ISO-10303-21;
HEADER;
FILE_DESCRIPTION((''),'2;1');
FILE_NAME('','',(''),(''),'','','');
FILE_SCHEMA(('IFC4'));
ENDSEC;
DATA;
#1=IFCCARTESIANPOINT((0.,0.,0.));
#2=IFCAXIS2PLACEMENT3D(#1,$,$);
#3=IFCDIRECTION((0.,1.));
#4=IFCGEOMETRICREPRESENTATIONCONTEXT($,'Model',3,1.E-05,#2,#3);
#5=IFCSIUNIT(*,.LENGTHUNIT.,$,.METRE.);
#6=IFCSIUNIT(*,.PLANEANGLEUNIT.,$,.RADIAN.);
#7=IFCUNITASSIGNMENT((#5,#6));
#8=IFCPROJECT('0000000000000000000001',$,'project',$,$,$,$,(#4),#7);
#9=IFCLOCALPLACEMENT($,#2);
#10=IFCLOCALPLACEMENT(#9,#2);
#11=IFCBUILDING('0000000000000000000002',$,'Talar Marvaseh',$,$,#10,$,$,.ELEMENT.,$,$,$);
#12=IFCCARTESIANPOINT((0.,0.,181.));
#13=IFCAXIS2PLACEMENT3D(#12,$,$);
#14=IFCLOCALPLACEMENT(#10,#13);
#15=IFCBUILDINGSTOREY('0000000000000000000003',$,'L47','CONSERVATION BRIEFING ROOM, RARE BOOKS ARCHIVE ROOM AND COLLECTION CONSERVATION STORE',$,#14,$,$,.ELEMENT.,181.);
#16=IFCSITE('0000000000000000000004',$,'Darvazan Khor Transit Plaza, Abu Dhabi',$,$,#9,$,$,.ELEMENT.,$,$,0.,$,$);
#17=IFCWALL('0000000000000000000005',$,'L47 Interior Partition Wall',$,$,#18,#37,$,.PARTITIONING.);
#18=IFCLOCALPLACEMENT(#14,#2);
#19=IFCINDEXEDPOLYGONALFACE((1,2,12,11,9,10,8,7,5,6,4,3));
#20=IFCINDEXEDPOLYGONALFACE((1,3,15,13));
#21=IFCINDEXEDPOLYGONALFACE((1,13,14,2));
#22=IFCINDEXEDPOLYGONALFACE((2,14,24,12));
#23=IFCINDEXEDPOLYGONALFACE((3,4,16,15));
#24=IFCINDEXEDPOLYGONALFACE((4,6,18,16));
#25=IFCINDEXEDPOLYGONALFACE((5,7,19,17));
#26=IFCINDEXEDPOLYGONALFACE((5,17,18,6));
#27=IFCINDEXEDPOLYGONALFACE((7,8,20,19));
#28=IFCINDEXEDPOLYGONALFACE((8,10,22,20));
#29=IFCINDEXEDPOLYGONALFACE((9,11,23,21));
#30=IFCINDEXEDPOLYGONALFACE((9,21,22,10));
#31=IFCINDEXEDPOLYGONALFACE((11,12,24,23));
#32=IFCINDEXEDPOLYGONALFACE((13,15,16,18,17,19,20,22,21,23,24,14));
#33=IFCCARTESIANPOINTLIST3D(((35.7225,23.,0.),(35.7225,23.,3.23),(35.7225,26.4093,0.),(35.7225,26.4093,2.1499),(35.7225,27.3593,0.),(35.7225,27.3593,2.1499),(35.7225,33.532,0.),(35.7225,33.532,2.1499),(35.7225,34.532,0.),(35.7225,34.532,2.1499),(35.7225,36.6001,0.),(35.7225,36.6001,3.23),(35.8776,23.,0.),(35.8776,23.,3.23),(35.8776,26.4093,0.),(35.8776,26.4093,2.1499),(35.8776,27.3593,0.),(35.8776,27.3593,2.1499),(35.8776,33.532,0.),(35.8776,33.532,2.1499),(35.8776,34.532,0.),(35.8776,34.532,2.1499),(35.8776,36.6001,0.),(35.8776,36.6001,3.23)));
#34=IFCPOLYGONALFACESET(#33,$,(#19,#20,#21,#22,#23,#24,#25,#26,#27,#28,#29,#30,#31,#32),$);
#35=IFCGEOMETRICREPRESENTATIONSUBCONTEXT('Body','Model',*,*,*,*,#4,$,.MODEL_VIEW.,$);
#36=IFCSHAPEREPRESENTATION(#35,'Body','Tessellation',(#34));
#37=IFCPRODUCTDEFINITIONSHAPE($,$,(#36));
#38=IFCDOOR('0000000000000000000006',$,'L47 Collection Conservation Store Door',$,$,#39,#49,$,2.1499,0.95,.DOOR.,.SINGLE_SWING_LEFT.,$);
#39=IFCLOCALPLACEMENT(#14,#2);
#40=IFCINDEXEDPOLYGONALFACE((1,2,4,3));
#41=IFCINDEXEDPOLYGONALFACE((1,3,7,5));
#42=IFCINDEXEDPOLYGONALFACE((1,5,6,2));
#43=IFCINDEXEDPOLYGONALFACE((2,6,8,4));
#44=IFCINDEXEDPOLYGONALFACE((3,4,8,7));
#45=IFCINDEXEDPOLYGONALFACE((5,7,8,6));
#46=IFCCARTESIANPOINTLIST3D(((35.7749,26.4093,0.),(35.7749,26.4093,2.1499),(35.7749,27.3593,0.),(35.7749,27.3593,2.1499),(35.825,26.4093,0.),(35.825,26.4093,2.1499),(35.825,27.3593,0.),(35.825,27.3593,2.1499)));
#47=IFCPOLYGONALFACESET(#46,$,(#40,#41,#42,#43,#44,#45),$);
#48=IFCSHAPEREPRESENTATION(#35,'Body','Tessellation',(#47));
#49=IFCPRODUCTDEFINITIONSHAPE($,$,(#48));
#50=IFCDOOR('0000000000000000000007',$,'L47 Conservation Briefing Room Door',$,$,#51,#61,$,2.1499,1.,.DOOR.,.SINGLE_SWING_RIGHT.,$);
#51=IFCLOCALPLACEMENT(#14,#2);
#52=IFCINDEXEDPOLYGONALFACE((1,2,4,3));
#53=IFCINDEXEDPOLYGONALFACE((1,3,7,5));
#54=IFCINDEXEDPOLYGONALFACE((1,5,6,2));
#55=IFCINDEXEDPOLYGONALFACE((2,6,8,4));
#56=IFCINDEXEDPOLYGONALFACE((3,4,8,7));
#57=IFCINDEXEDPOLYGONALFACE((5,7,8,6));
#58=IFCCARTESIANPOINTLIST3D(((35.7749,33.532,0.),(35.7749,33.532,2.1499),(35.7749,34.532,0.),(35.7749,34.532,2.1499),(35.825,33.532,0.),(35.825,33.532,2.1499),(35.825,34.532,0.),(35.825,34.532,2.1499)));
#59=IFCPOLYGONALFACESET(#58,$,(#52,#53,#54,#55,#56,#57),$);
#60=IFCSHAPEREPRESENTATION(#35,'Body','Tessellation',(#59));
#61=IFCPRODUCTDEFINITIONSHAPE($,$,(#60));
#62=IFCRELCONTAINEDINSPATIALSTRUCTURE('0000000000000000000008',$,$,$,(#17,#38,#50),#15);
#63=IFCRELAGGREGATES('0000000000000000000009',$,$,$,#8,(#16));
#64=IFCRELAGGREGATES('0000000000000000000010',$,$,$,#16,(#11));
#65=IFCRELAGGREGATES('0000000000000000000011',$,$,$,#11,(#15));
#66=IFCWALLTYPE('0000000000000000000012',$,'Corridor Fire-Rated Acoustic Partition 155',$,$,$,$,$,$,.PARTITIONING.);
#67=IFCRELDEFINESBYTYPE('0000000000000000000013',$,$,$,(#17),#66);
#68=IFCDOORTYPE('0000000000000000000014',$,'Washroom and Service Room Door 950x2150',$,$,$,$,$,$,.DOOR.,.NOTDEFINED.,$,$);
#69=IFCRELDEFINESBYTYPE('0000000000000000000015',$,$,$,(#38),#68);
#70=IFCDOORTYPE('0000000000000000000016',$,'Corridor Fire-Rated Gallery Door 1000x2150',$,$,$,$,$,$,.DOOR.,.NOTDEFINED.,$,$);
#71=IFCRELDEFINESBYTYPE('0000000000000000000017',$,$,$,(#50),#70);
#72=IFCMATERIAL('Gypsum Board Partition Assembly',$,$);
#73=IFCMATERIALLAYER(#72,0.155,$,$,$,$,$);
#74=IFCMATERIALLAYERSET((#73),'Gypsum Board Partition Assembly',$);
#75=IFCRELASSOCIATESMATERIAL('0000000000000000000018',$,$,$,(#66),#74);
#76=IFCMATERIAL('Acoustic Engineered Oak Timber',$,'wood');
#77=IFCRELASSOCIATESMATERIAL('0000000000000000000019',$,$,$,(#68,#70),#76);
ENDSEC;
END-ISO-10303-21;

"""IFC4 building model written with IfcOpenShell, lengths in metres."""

from ifc_helpers import new_model, si_unit, direction, frame, frame_2d, origin, place, context, subcontext, project, spatial, rectangle, extrude, source, transform, mapped, material, layer, layer_set, type_object, type_shapes, element, fill, save


model = new_model("IFC4")

# Units and contexts
model_context = context("Model", 3, precision=1e-05, world=origin(), true_north=direction((0.0, 1.0)))
body_context = subcontext(model_context, "Body", "Model", "MODEL_VIEW")
ifc_project = project(units=[si_unit("LENGTHUNIT", "METRE"), si_unit("PLANEANGLEUNIT", "RADIAN")], contexts=[model_context])

# Site, building, storey
site_placement = place(None, origin())
site = spatial("IfcSite", under=ifc_project, at=site_placement, Name="Darvazan Khor Transit Plaza, Abu Dhabi", CompositionType="ELEMENT", RefElevation=0.0)
building_placement = place(site_placement, origin())
building = spatial("IfcBuilding", under=site, at=building_placement, Name="Talar Marvaseh", CompositionType="ELEMENT")
storey_placement = place(building_placement, frame((0.0, 0.0, 181.0)))
storey = spatial("IfcBuildingStorey", under=building, at=storey_placement, Name="L47", Description="CONSERVATION BRIEFING ROOM, RARE BOOKS ARCHIVE ROOM AND COLLECTION CONSERVATION STORE", CompositionType="ELEMENT", Elevation=181.0)

# Wall, openings, doors
ifc_material_1 = material(Name="Gypsum Board Partition Assembly")
ifc_layer_1 = layer(ifc_material_1, 0.155)
ifc_layer_set_1 = layer_set([ifc_layer_1], Name="Gypsum Board Partition Assembly")
wall_type_1 = type_object("IfcWallType", Name="Corridor Fire-Rated Acoustic Partition 155", PredefinedType="PARTITIONING", material=ifc_layer_set_1)
wall_1_placement = place(storey_placement, frame((35.8, 36.6001, 0.0), z_axis=(0.0, 0.0, 1.0), x_axis=(0.0, -1.0, 0.0)))
wall_1 = element("IfcWall", 1, at=wall_1_placement, inside=storey, type_object=wall_type_1, Name="L47 Interior Partition Wall", PredefinedType="PARTITIONING", context=body_context, shape_type="SweptSolid", body=[
    extrude(rectangle(XDim=13.6001, YDim=0.155, at=frame_2d((6.8, 0.0))), origin(), (0.0, 0.0, 1.0), 3.23),
])
opening_1_placement = place(wall_1_placement, frame((9.2407, 0.0, 0.0)))
opening_1 = element("IfcOpeningElement", 2, at=opening_1_placement, cuts=wall_1, PredefinedType="OPENING", context=body_context, shape_type="SweptSolid", body=[
    extrude(rectangle(XDim=0.95, YDim=2.1499, at=frame_2d((0.4751, 1.075))), frame((0.0, 0.0874, 0.0), z_axis=(0.0, -1.0, 0.0), x_axis=(1.0, 0.0, 0.0)), (0.0, 0.0, 1.0), 0.175),
])
opening_2_placement = place(wall_1_placement, frame((2.0681, 0.0, 0.0)))
opening_2 = element("IfcOpeningElement", 3, at=opening_2_placement, cuts=wall_1, PredefinedType="OPENING", context=body_context, shape_type="SweptSolid", body=[
    extrude(rectangle(XDim=1.0, YDim=2.1499, at=frame_2d((0.5, 1.075))), frame((0.0, 0.0874, 0.0), z_axis=(0.0, -1.0, 0.0), x_axis=(1.0, 0.0, 0.0)), (0.0, 0.0, 1.0), 0.175),
])
ifc_material_2 = material(Name="Acoustic Engineered Oak Timber", Category="wood")
door_type_1 = type_object("IfcDoorType", Name="Washroom and Service Room Door 950x2150", OperationType="NOTDEFINED", PredefinedType="DOOR", material=ifc_material_2)
shared_shape_1 = source(origin(), body_context, "Body", "SweptSolid", [
    extrude(rectangle(XDim=0.95, YDim=2.1499, at=frame_2d((0.4751, 1.075))), frame((0.0, 0.0249, 0.0), z_axis=(0.0, -1.0, 0.0), x_axis=(1.0, 0.0, 0.0)), (0.0, 0.0, 1.0), 0.05),
])
type_shapes(door_type_1, [shared_shape_1])
door_1_placement = place(opening_1_placement, origin())
door_1 = element("IfcDoor", 4, at=door_1_placement, inside=storey, type_object=door_type_1, Name="L47 Collection Conservation Store Door", OperationType="SINGLE_SWING_LEFT", OverallHeight=2.1499, OverallWidth=0.95, PredefinedType="DOOR", context=body_context, shape_type="MappedRepresentation", body=[
    mapped(shared_shape_1, transform((0.0, 0.0, 0.0), x_axis=(1.0, 0.0, 0.0), y_axis=(0.0, 1.0, 0.0), z_axis=(0.0, 0.0, 1.0), scale=1.0)),
])
fill(opening_1, door_1)
door_type_2 = type_object("IfcDoorType", Name="Corridor Fire-Rated Gallery Door 1000x2150", OperationType="NOTDEFINED", PredefinedType="DOOR", material=ifc_material_2)
shared_shape_2 = source(origin(), body_context, "Body", "SweptSolid", [
    extrude(rectangle(XDim=1.0, YDim=2.1499, at=frame_2d((0.5, 1.075))), frame((0.0, 0.0249, 0.0), z_axis=(0.0, -1.0, 0.0), x_axis=(1.0, 0.0, 0.0)), (0.0, 0.0, 1.0), 0.05),
])
type_shapes(door_type_2, [shared_shape_2])
door_2_placement = place(opening_2_placement, origin())
door_2 = element("IfcDoor", 5, at=door_2_placement, inside=storey, type_object=door_type_2, Name="L47 Conservation Briefing Room Door", OperationType="SINGLE_SWING_RIGHT", OverallHeight=2.1499, OverallWidth=1.0, PredefinedType="DOOR", context=body_context, shape_type="MappedRepresentation", body=[
    mapped(shared_shape_2, transform((0.0, 0.0, 0.0), x_axis=(1.0, 0.0, 0.0), y_axis=(0.0, 1.0, 0.0), z_axis=(0.0, 0.0, 1.0), scale=1.0)),
])
fill(opening_2, door_2)

save(model, "model.ifc")
